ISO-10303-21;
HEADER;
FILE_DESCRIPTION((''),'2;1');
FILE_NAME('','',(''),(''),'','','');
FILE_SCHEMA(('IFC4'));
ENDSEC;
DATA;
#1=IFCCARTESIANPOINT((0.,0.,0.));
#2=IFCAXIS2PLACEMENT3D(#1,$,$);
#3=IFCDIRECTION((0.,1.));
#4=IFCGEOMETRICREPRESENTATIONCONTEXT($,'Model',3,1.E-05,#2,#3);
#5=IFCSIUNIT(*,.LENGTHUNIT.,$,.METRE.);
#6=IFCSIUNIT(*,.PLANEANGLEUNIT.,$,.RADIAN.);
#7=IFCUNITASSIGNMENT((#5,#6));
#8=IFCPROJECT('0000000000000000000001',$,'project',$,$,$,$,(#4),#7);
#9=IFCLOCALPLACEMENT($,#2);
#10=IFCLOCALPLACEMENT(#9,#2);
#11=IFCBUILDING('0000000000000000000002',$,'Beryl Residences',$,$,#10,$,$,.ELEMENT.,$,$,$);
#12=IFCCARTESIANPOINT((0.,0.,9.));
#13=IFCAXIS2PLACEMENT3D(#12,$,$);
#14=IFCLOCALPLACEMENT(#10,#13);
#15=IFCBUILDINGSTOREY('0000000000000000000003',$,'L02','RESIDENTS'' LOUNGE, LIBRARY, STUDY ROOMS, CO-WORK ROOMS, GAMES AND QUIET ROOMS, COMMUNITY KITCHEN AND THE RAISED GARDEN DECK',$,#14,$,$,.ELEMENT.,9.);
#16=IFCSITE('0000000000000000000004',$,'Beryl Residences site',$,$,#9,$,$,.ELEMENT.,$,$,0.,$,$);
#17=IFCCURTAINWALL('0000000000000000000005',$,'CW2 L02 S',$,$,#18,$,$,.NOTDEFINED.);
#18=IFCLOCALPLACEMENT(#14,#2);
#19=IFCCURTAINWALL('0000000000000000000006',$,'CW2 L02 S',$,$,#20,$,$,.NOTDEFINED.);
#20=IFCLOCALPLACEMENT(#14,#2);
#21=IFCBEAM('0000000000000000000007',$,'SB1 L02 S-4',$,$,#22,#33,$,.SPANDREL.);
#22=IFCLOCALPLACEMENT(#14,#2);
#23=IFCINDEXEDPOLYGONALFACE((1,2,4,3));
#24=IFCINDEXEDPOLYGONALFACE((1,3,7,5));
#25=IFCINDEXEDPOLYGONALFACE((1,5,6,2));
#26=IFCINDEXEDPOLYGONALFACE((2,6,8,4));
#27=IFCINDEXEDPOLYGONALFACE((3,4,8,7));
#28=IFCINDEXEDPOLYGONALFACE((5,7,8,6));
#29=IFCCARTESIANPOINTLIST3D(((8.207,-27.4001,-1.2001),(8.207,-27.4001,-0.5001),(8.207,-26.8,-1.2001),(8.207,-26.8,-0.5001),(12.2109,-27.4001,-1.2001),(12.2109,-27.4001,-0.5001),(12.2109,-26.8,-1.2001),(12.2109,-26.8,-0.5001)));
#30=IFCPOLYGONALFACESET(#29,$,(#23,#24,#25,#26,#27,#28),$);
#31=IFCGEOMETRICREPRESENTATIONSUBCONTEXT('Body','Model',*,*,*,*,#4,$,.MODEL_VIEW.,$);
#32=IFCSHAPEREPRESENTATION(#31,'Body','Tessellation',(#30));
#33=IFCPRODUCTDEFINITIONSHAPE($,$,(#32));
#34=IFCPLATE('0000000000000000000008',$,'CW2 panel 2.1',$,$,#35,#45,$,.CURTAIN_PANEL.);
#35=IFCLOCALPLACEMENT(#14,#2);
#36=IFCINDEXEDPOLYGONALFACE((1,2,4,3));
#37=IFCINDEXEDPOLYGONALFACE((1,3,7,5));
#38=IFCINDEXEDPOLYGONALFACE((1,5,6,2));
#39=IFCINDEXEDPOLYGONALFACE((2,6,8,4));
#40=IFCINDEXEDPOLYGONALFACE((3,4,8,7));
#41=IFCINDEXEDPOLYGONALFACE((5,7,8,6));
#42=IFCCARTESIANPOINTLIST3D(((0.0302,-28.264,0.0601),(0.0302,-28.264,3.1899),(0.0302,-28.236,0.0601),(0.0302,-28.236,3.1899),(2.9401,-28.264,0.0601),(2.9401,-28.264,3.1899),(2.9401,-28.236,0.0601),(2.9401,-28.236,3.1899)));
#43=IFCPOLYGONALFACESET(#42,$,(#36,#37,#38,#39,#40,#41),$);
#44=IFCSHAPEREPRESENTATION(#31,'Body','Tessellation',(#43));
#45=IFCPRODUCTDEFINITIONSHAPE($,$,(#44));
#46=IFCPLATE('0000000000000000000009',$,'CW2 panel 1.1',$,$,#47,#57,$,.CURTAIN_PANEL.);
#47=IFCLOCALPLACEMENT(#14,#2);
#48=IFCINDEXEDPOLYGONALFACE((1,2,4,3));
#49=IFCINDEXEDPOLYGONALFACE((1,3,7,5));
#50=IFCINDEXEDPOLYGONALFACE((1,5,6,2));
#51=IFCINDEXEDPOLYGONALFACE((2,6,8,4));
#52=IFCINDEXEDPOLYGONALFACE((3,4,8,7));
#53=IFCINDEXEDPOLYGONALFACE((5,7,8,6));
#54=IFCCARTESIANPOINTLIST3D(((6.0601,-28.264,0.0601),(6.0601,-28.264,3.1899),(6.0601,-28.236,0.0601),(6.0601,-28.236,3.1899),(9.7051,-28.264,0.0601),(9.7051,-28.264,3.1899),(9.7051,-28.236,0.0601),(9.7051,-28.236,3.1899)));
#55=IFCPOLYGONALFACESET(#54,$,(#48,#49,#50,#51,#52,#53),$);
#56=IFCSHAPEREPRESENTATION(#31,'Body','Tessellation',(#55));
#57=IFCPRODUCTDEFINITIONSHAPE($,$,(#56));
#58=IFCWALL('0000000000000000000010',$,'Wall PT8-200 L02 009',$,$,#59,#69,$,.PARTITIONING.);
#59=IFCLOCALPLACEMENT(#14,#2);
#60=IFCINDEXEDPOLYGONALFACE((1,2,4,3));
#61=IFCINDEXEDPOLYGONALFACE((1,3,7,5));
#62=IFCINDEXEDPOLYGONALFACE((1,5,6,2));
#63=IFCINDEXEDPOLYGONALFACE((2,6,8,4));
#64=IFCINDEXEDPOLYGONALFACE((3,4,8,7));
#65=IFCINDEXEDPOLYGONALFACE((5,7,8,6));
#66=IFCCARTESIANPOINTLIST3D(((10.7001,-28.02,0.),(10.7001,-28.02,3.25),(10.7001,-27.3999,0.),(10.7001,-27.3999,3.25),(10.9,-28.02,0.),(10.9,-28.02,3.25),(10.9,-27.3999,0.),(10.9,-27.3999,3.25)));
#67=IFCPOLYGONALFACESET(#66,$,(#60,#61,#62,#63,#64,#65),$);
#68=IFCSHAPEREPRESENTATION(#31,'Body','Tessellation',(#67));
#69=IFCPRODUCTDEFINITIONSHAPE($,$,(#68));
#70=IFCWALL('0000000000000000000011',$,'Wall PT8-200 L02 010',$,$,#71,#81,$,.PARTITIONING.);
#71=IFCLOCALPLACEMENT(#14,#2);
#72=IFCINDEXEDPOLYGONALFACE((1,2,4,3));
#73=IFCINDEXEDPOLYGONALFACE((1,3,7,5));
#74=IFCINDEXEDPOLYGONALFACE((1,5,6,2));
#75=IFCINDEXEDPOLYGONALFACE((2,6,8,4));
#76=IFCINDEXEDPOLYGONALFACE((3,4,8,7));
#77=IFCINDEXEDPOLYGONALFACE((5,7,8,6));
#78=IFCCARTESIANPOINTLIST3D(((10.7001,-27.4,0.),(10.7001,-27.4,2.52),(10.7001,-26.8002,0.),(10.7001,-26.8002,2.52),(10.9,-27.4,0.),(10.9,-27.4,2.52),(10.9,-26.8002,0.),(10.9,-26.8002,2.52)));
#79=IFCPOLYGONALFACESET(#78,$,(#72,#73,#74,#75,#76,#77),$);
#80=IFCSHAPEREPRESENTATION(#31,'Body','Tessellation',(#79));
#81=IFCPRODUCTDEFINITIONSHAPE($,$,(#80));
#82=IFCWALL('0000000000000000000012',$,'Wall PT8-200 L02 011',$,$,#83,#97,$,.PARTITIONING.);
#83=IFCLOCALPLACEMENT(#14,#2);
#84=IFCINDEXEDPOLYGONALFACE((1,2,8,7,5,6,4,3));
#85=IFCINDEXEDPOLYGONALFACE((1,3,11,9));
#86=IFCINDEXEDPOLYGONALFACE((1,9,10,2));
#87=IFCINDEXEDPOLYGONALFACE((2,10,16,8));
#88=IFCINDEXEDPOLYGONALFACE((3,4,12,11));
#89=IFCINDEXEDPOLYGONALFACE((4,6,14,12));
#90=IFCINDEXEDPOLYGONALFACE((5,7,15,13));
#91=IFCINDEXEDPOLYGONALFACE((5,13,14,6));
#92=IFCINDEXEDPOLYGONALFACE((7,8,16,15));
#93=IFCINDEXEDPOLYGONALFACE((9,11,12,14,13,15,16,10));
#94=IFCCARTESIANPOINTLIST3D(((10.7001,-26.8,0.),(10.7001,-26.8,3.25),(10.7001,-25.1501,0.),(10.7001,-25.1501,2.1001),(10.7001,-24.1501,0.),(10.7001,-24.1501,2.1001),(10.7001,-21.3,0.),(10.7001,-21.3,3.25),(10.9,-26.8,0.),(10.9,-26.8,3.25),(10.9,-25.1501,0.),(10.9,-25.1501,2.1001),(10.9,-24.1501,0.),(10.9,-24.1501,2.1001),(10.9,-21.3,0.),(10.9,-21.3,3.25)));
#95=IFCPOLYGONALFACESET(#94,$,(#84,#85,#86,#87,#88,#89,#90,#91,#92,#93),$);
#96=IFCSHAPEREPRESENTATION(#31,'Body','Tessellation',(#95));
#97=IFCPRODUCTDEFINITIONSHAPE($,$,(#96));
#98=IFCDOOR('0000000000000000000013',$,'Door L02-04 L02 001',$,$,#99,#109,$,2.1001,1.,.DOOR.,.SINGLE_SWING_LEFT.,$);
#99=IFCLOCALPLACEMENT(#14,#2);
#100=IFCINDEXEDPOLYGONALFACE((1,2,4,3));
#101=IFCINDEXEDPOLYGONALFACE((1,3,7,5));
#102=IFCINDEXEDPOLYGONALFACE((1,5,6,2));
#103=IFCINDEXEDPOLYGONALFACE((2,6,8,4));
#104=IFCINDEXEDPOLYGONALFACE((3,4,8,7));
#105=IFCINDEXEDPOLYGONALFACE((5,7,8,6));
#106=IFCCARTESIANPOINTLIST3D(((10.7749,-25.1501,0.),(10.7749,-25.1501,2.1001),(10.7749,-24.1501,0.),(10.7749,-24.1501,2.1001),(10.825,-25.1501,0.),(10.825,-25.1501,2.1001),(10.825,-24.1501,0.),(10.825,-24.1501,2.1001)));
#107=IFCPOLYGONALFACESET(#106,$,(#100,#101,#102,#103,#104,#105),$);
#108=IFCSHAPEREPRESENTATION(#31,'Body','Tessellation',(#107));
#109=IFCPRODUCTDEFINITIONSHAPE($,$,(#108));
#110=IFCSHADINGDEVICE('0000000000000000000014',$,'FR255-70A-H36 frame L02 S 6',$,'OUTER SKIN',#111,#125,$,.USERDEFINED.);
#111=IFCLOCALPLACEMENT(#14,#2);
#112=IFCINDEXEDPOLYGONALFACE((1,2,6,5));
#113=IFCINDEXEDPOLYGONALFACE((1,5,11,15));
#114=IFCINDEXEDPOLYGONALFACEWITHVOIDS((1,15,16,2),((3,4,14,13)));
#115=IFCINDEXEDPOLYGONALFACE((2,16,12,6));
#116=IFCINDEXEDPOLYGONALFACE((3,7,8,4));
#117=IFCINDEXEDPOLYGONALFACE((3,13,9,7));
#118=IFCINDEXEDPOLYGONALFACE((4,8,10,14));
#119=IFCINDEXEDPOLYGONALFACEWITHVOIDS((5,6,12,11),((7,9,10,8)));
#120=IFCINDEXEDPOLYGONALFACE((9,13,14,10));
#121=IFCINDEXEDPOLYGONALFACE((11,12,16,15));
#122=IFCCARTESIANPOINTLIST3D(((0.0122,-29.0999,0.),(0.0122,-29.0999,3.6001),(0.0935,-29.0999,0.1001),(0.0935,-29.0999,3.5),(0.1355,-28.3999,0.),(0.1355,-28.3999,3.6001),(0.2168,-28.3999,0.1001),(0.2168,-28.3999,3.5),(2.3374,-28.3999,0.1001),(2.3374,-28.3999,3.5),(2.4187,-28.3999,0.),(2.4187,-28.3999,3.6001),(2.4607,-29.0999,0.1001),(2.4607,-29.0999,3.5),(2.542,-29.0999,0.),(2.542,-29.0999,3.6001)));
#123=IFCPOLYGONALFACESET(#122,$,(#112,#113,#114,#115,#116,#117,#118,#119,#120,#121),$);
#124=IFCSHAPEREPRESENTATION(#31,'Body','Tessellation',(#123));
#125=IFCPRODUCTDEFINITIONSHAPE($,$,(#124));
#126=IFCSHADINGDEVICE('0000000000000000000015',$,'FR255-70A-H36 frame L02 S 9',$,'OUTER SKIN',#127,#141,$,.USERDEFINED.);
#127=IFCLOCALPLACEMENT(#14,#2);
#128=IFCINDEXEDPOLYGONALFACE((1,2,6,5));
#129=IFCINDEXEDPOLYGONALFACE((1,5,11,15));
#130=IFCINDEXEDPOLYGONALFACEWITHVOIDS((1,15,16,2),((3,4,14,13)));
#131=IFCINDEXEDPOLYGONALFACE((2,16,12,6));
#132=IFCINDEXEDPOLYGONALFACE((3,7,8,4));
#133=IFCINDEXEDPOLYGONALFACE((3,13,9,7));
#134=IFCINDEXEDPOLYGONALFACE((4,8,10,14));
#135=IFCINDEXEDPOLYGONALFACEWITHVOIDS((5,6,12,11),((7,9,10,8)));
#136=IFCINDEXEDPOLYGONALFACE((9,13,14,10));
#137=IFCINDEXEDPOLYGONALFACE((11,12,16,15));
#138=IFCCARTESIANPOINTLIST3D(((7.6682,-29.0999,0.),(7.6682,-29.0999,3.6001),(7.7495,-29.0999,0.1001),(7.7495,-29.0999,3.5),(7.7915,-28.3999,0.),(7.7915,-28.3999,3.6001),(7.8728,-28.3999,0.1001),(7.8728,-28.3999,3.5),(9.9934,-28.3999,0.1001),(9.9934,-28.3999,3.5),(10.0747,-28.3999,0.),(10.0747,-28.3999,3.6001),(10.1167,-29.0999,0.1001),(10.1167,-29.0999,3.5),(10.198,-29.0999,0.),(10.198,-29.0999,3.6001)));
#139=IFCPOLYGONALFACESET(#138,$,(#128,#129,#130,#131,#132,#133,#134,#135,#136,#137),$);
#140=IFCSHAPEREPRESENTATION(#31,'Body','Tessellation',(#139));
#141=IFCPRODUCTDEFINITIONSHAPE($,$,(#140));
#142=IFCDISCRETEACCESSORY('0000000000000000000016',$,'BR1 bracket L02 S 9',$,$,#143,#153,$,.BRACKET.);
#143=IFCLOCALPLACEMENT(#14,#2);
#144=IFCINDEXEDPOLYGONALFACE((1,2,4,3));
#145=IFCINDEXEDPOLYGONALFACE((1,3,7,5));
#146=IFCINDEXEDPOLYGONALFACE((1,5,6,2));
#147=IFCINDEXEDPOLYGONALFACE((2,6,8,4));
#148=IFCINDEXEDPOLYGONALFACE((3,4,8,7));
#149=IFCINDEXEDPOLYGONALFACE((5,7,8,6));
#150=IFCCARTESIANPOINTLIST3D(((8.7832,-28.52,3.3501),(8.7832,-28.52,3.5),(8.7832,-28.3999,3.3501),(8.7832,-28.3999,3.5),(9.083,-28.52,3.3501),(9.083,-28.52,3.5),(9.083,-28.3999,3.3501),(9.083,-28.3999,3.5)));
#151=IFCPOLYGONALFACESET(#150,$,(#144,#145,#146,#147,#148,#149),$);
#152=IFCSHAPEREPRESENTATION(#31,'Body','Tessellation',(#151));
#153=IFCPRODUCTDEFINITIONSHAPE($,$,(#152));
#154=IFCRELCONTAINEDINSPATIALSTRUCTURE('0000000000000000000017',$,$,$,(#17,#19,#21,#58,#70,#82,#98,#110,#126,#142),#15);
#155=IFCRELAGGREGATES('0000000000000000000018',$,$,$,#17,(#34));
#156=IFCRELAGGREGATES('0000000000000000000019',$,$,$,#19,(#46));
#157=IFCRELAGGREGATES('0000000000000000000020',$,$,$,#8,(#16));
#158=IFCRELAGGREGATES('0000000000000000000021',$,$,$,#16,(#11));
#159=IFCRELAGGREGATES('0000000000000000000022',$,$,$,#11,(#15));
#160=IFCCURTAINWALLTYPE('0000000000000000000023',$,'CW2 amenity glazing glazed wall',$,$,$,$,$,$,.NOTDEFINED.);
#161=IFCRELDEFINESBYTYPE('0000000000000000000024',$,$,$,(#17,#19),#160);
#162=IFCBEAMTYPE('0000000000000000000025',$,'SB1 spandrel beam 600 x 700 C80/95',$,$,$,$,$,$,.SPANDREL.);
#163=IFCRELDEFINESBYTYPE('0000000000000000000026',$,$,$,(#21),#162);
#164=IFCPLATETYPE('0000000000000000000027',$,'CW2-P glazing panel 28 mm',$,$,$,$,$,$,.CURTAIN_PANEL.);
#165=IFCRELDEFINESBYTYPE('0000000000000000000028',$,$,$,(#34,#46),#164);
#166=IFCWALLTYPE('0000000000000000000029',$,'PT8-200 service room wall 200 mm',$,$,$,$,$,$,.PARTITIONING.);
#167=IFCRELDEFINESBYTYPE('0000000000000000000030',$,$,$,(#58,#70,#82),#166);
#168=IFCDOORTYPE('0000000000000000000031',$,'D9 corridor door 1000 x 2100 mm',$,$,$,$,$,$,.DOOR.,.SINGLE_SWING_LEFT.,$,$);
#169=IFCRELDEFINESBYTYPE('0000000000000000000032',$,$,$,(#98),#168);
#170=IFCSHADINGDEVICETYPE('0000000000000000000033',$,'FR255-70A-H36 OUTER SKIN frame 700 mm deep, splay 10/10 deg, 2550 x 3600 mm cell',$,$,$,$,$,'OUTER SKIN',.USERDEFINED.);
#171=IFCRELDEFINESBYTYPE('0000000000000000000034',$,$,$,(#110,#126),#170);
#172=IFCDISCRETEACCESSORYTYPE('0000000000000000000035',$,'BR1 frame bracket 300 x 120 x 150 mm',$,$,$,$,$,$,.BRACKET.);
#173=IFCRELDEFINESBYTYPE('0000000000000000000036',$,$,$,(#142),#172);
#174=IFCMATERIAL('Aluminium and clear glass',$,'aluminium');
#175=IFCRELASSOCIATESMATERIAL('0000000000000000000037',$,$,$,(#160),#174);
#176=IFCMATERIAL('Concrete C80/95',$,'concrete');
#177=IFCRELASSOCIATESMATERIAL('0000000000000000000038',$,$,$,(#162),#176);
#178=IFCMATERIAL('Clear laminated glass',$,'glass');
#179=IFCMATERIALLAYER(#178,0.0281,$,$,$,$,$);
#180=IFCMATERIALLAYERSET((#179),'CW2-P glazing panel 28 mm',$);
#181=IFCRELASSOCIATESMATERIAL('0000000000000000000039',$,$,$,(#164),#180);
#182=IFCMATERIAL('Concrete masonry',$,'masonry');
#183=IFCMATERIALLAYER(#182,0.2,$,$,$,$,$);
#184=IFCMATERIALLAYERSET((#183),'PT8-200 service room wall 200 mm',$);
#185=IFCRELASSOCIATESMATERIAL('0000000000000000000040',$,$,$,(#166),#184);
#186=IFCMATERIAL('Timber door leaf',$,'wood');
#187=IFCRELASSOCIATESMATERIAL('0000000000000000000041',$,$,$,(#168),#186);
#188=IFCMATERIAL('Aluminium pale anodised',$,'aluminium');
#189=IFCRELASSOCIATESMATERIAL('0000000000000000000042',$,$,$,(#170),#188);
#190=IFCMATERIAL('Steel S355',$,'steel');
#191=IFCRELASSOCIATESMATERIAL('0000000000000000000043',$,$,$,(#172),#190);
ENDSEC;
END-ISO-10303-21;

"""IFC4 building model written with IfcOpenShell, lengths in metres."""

from ifc_helpers import new_model, entity, si_unit, direction, frame, frame_2d, origin, origin_2d, place, context, subcontext, project, spatial, polyline, rectangle, outline, extrude, source, transform, mapped, material, layer, layer_set, material_profile, profile_set, type_object, type_shapes, element, fill, aggregate, save


model = new_model("IFC4")

# Units and contexts
model_context = context("Model", 3, precision=1e-05, world=origin(), true_north=direction((0.0, 1.0)))
body_context = subcontext(model_context, "Body", "Model", "MODEL_VIEW")
ifc_project = project(units=[si_unit("LENGTHUNIT", "METRE"), si_unit("PLANEANGLEUNIT", "RADIAN")], contexts=[model_context])

# Site, building, storey
site_placement = place(None, origin())
site = spatial("IfcSite", under=ifc_project, at=site_placement, Name="Beryl Residences site", CompositionType="ELEMENT", RefElevation=0.0)
building_placement = place(site_placement, origin())
building = spatial("IfcBuilding", under=site, at=building_placement, Name="Beryl Residences", CompositionType="ELEMENT")
storey_placement = place(building_placement, frame((0.0, 0.0, 9.0)))
storey = spatial("IfcBuildingStorey", under=building, at=storey_placement, Name="L02", Description="RESIDENTS' LOUNGE, LIBRARY, STUDY ROOMS, CO-WORK ROOMS, GAMES AND QUIET ROOMS, COMMUNITY KITCHEN AND THE RAISED GARDEN DECK", CompositionType="ELEMENT", Elevation=9.0)

# Curtain wall
ifc_material_1 = material(Name="Aluminium and clear glass", Category="aluminium")
curtain_wall_type = type_object("IfcCurtainWallType", Name="CW2 amenity glazing glazed wall", PredefinedType="NOTDEFINED", material=ifc_material_1)
curtain_wall_1_placement = place(storey_placement, origin())
curtain_wall_1 = element("IfcCurtainWall", 1, at=curtain_wall_1_placement, inside=storey, type_object=curtain_wall_type, Name="CW2 L02 S", PredefinedType="NOTDEFINED")

# Curtain wall
curtain_wall_2_placement = place(storey_placement, origin())
curtain_wall_2 = element("IfcCurtainWall", 2, at=curtain_wall_2_placement, inside=storey, type_object=curtain_wall_type, Name="CW2 L02 S", PredefinedType="NOTDEFINED")

# Beam
ifc_material_2 = material(Name="Concrete C80/95", Category="concrete")
ifc_material_profile_1 = material_profile(ifc_material_2, rectangle(XDim=0.6001, YDim=0.7, at=origin_2d()))
ifc_profile_set_1 = profile_set([ifc_material_profile_1], Name="Concrete C80/95")
beam_type = type_object("IfcBeamType", Name="SB1 spandrel beam 600 x 700 C80/95", PredefinedType="SPANDREL", material=ifc_profile_set_1)
for number, where, z_axis, x_axis, name in (
    (3, (8.207, -27.1001, -0.8501), (1.0, 0.0, 0.0), (0.0, 1.0, 0.0), "SB1 L02 S-4"),
):
    element("IfcBeam", number, at=place(storey_placement, frame(where, z_axis=z_axis, x_axis=x_axis)), inside=storey, type_object=beam_type, Name=name, PredefinedType="SPANDREL", context=body_context, shape_type="SweptSolid", body=[
        extrude(rectangle(XDim=0.6001, YDim=0.7, at=origin_2d()), origin(), (0.0, 0.0, 1.0), 4.0039),
    ])

# Plates
ifc_material_3 = material(Name="Clear laminated glass", Category="glass")
ifc_layer_1 = layer(ifc_material_3, 0.0281)
ifc_layer_set_1 = layer_set([ifc_layer_1], Name="CW2-P glazing panel 28 mm")
plate_type = type_object("IfcPlateType", Name="CW2-P glazing panel 28 mm", PredefinedType="CURTAIN_PANEL", material=ifc_layer_set_1)
plate_1_placement = place(storey_placement, frame((1.4851, -28.25, 0.0601), z_axis=(0.0, 0.0, 1.0), x_axis=(1.0, 0.0, 0.0)))
plate_1 = element("IfcPlate", 4, at=plate_1_placement, type_object=plate_type, Name="CW2 panel 2.1", PredefinedType="CURTAIN_PANEL", context=body_context, shape_type="SweptSolid", body=[
    extrude(rectangle(XDim=2.9099, YDim=0.0281, at=origin_2d()), origin(), (0.0, 0.0, 1.0), 3.1299),
])
aggregate(curtain_wall_1, [plate_1])
plate_2_placement = place(storey_placement, frame((7.8826, -28.25, 0.0601), z_axis=(0.0, 0.0, 1.0), x_axis=(1.0, 0.0, 0.0)))
plate_2 = element("IfcPlate", 5, at=plate_2_placement, type_object=plate_type, Name="CW2 panel 1.1", PredefinedType="CURTAIN_PANEL", context=body_context, shape_type="SweptSolid", body=[
    extrude(rectangle(XDim=3.645, YDim=0.0281, at=origin_2d()), origin(), (0.0, 0.0, 1.0), 3.1299),
])
aggregate(curtain_wall_2, [plate_2])

# Walls
ifc_material_4 = material(Name="Concrete masonry", Category="masonry")
ifc_layer_2 = layer(ifc_material_4, 0.2)
ifc_layer_set_2 = layer_set([ifc_layer_2], Name="PT8-200 service room wall 200 mm")
wall_type_1 = type_object("IfcWallType", Name="PT8-200 service room wall 200 mm", PredefinedType="PARTITIONING", material=ifc_layer_set_2)
wall_1_placement = place(storey_placement, frame((10.8, -28.02, 0.0), z_axis=(0.0, 0.0, 1.0), x_axis=(0.0, 1.0, 0.0)))
element("IfcWall", 6, at=wall_1_placement, inside=storey, type_object=wall_type_1, Name="Wall PT8-200 L02 009", PredefinedType="PARTITIONING", context=body_context, shape_type="SweptSolid", body=[
    extrude(rectangle(XDim=0.6201, YDim=0.2, at=frame_2d((0.3101, 0.0))), origin(), (0.0, 0.0, 1.0), 3.25),
])
wall_2_placement = place(storey_placement, frame((10.8, -27.3999, 0.0), z_axis=(0.0, 0.0, 1.0), x_axis=(0.0, 1.0, 0.0)))
element("IfcWall", 7, at=wall_2_placement, inside=storey, type_object=wall_type_1, Name="Wall PT8-200 L02 010", PredefinedType="PARTITIONING", context=body_context, shape_type="SweptSolid", body=[
    extrude(rectangle(XDim=0.5999, YDim=0.2, at=frame_2d((0.2998, 0.0))), origin(), (0.0, 0.0, 1.0), 2.52),
])

# Wall, opening, door
wall_3_placement = place(storey_placement, frame((10.8, -26.8, 0.0), z_axis=(0.0, 0.0, 1.0), x_axis=(0.0, 1.0, 0.0)))
wall_3 = element("IfcWall", 8, at=wall_3_placement, inside=storey, type_object=wall_type_1, Name="Wall PT8-200 L02 011", PredefinedType="PARTITIONING", context=body_context, shape_type="SweptSolid", body=[
    extrude(rectangle(XDim=5.5, YDim=0.2, at=frame_2d((2.75, 0.0))), origin(), (0.0, 0.0, 1.0), 3.25),
])
opening_1_placement = place(wall_3_placement, frame((2.6499, 0.0, 0.0), z_axis=(0.0, 0.0, 1.0), x_axis=(-1.0, 0.0, 0.0)))
opening_1 = element("IfcOpeningElement", 9, at=opening_1_placement, cuts=wall_3, PredefinedType="OPENING", context=body_context, shape_type="SweptSolid", body=[
    extrude(rectangle(XDim=1.0, YDim=2.1001, at=frame_2d((0.5, 1.05))), frame((0.0, 0.1099, 0.0), z_axis=(0.0, -1.0, 0.0), x_axis=(1.0, 0.0, 0.0)), (0.0, 0.0, 1.0), 0.22),
])
ifc_material_5 = material(Name="Timber door leaf", Category="wood")
door_type_1 = type_object("IfcDoorType", Name="D9 corridor door 1000 x 2100 mm", OperationType="SINGLE_SWING_LEFT", PredefinedType="DOOR", material=ifc_material_5)
door_1_placement = place(opening_1_placement, origin())
door_1 = element("IfcDoor", 10, at=door_1_placement, inside=storey, type_object=door_type_1, Name="Door L02-04 L02 001", OperationType="SINGLE_SWING_LEFT", OverallHeight=2.1001, OverallWidth=1.0, PredefinedType="DOOR", context=body_context, shape_type="SweptSolid", body=[
    extrude(rectangle(XDim=1.0, YDim=2.1001, at=frame_2d((0.5, 1.05))), frame((0.0, 0.0249, 0.0), z_axis=(0.0, -1.0, 0.0), x_axis=(1.0, 0.0, 0.0)), (0.0, 0.0, 1.0), 0.05),
])
fill(opening_1, door_1)

# Shading devices
ifc_material_6 = material(Name="Aluminium pale anodised", Category="aluminium")
shading_device_type = type_object("IfcShadingDeviceType", Name="FR255-70A-H36 OUTER SKIN frame 700 mm deep, splay 10/10 deg, 2550 x 3600 mm cell", ElementType="OUTER SKIN", PredefinedType="USERDEFINED", material=ifc_material_6)
cartesian_point_1 = entity("IfcCartesianPoint", [-1.1416, 0.0])
cartesian_point_2 = entity("IfcCartesianPoint", [-1.0603, 0.1001])
cartesian_point_3 = entity("IfcCartesianPoint", [-1.2649, 0.0])
cartesian_point_4 = entity("IfcCartesianPoint", [-1.1836, 0.1001])
shared_shape_1 = source(origin(), body_context, "Body", "SweptSolid", [
    entity("IfcExtrudedAreaSolidTapered", entity("IfcArbitraryProfileDefWithVoids", "AREA", None, entity("IfcPolyline", [cartesian_point_1, entity("IfcCartesianPoint", [1.1416, 0.0]), entity("IfcCartesianPoint", [1.1416, 3.6001]), entity("IfcCartesianPoint", [-1.1416, 3.6001]), cartesian_point_1]), [entity("IfcPolyline", [cartesian_point_2, entity("IfcCartesianPoint", [1.0603, 0.1001]), entity("IfcCartesianPoint", [1.0603, 3.5]), entity("IfcCartesianPoint", [-1.0603, 3.5]), cartesian_point_2])]), entity("IfcAxis2Placement3D", entity("IfcCartesianPoint", [0.0, 0.0, 0.0]), entity("IfcDirection", [0.0, 1.0, 0.0]), entity("IfcDirection", [-1.0, 0.0, 0.0])), entity("IfcDirection", [0.0, 0.0, 1.0]), 0.7, entity("IfcArbitraryProfileDefWithVoids", "AREA", None, entity("IfcPolyline", [cartesian_point_3, entity("IfcCartesianPoint", [1.2649, 0.0]), entity("IfcCartesianPoint", [1.2649, 3.6001]), entity("IfcCartesianPoint", [-1.2649, 3.6001]), cartesian_point_3]), [entity("IfcPolyline", [cartesian_point_4, entity("IfcCartesianPoint", [1.1836, 0.1001]), entity("IfcCartesianPoint", [1.1836, 3.5]), entity("IfcCartesianPoint", [-1.1836, 3.5]), cartesian_point_4])])),
])
type_shapes(shading_device_type, [shared_shape_1])
for number, where, z_axis, x_axis, name in (
    (11, (1.2771, -28.3999, 0.0), (0.0, 0.0, 1.0), (-1.0, 0.0, 0.0), "FR255-70A-H36 frame L02 S 6"),
    (12, (8.9331, -28.3999, 0.0), (0.0, 0.0, 1.0), (-1.0, 0.0, 0.0), "FR255-70A-H36 frame L02 S 9"),
):
    element("IfcShadingDevice", number, at=place(storey_placement, frame(where, z_axis=z_axis, x_axis=x_axis)), inside=storey, type_object=shading_device_type, Name=name, ObjectType="OUTER SKIN", PredefinedType="USERDEFINED", context=body_context, shape_type="MappedRepresentation", body=[
        mapped(shared_shape_1, transform((0.0, 0.0, 0.0))),
    ])

# Discrete accessory
ifc_material_7 = material(Name="Steel S355", Category="steel")
discrete_accessory_type = type_object("IfcDiscreteAccessoryType", Name="BR1 frame bracket 300 x 120 x 150 mm", PredefinedType="BRACKET", material=ifc_material_7)
shared_shape_2 = source(origin(), body_context, "Body", "SweptSolid", [
    extrude(outline(polyline([(-0.1499, 0.0), (0.1499, 0.0), (0.1499, 0.1201), (-0.1499, 0.1201), (-0.1499, 0.0)])), origin(), (0.0, 0.0, 1.0), 0.1499),
])
type_shapes(discrete_accessory_type, [shared_shape_2])
discrete_accessory_placement = place(storey_placement, frame((8.9331, -28.3999, 3.3501), z_axis=(0.0, 0.0, 1.0), x_axis=(-1.0, 0.0, 0.0)))
element("IfcDiscreteAccessory", 13, at=discrete_accessory_placement, inside=storey, type_object=discrete_accessory_type, Name="BR1 bracket L02 S 9", PredefinedType="BRACKET", context=body_context, shape_type="MappedRepresentation", body=[
    mapped(shared_shape_2, transform((0.0, 0.0, 0.0))),
])

save(model, "model.ifc")
